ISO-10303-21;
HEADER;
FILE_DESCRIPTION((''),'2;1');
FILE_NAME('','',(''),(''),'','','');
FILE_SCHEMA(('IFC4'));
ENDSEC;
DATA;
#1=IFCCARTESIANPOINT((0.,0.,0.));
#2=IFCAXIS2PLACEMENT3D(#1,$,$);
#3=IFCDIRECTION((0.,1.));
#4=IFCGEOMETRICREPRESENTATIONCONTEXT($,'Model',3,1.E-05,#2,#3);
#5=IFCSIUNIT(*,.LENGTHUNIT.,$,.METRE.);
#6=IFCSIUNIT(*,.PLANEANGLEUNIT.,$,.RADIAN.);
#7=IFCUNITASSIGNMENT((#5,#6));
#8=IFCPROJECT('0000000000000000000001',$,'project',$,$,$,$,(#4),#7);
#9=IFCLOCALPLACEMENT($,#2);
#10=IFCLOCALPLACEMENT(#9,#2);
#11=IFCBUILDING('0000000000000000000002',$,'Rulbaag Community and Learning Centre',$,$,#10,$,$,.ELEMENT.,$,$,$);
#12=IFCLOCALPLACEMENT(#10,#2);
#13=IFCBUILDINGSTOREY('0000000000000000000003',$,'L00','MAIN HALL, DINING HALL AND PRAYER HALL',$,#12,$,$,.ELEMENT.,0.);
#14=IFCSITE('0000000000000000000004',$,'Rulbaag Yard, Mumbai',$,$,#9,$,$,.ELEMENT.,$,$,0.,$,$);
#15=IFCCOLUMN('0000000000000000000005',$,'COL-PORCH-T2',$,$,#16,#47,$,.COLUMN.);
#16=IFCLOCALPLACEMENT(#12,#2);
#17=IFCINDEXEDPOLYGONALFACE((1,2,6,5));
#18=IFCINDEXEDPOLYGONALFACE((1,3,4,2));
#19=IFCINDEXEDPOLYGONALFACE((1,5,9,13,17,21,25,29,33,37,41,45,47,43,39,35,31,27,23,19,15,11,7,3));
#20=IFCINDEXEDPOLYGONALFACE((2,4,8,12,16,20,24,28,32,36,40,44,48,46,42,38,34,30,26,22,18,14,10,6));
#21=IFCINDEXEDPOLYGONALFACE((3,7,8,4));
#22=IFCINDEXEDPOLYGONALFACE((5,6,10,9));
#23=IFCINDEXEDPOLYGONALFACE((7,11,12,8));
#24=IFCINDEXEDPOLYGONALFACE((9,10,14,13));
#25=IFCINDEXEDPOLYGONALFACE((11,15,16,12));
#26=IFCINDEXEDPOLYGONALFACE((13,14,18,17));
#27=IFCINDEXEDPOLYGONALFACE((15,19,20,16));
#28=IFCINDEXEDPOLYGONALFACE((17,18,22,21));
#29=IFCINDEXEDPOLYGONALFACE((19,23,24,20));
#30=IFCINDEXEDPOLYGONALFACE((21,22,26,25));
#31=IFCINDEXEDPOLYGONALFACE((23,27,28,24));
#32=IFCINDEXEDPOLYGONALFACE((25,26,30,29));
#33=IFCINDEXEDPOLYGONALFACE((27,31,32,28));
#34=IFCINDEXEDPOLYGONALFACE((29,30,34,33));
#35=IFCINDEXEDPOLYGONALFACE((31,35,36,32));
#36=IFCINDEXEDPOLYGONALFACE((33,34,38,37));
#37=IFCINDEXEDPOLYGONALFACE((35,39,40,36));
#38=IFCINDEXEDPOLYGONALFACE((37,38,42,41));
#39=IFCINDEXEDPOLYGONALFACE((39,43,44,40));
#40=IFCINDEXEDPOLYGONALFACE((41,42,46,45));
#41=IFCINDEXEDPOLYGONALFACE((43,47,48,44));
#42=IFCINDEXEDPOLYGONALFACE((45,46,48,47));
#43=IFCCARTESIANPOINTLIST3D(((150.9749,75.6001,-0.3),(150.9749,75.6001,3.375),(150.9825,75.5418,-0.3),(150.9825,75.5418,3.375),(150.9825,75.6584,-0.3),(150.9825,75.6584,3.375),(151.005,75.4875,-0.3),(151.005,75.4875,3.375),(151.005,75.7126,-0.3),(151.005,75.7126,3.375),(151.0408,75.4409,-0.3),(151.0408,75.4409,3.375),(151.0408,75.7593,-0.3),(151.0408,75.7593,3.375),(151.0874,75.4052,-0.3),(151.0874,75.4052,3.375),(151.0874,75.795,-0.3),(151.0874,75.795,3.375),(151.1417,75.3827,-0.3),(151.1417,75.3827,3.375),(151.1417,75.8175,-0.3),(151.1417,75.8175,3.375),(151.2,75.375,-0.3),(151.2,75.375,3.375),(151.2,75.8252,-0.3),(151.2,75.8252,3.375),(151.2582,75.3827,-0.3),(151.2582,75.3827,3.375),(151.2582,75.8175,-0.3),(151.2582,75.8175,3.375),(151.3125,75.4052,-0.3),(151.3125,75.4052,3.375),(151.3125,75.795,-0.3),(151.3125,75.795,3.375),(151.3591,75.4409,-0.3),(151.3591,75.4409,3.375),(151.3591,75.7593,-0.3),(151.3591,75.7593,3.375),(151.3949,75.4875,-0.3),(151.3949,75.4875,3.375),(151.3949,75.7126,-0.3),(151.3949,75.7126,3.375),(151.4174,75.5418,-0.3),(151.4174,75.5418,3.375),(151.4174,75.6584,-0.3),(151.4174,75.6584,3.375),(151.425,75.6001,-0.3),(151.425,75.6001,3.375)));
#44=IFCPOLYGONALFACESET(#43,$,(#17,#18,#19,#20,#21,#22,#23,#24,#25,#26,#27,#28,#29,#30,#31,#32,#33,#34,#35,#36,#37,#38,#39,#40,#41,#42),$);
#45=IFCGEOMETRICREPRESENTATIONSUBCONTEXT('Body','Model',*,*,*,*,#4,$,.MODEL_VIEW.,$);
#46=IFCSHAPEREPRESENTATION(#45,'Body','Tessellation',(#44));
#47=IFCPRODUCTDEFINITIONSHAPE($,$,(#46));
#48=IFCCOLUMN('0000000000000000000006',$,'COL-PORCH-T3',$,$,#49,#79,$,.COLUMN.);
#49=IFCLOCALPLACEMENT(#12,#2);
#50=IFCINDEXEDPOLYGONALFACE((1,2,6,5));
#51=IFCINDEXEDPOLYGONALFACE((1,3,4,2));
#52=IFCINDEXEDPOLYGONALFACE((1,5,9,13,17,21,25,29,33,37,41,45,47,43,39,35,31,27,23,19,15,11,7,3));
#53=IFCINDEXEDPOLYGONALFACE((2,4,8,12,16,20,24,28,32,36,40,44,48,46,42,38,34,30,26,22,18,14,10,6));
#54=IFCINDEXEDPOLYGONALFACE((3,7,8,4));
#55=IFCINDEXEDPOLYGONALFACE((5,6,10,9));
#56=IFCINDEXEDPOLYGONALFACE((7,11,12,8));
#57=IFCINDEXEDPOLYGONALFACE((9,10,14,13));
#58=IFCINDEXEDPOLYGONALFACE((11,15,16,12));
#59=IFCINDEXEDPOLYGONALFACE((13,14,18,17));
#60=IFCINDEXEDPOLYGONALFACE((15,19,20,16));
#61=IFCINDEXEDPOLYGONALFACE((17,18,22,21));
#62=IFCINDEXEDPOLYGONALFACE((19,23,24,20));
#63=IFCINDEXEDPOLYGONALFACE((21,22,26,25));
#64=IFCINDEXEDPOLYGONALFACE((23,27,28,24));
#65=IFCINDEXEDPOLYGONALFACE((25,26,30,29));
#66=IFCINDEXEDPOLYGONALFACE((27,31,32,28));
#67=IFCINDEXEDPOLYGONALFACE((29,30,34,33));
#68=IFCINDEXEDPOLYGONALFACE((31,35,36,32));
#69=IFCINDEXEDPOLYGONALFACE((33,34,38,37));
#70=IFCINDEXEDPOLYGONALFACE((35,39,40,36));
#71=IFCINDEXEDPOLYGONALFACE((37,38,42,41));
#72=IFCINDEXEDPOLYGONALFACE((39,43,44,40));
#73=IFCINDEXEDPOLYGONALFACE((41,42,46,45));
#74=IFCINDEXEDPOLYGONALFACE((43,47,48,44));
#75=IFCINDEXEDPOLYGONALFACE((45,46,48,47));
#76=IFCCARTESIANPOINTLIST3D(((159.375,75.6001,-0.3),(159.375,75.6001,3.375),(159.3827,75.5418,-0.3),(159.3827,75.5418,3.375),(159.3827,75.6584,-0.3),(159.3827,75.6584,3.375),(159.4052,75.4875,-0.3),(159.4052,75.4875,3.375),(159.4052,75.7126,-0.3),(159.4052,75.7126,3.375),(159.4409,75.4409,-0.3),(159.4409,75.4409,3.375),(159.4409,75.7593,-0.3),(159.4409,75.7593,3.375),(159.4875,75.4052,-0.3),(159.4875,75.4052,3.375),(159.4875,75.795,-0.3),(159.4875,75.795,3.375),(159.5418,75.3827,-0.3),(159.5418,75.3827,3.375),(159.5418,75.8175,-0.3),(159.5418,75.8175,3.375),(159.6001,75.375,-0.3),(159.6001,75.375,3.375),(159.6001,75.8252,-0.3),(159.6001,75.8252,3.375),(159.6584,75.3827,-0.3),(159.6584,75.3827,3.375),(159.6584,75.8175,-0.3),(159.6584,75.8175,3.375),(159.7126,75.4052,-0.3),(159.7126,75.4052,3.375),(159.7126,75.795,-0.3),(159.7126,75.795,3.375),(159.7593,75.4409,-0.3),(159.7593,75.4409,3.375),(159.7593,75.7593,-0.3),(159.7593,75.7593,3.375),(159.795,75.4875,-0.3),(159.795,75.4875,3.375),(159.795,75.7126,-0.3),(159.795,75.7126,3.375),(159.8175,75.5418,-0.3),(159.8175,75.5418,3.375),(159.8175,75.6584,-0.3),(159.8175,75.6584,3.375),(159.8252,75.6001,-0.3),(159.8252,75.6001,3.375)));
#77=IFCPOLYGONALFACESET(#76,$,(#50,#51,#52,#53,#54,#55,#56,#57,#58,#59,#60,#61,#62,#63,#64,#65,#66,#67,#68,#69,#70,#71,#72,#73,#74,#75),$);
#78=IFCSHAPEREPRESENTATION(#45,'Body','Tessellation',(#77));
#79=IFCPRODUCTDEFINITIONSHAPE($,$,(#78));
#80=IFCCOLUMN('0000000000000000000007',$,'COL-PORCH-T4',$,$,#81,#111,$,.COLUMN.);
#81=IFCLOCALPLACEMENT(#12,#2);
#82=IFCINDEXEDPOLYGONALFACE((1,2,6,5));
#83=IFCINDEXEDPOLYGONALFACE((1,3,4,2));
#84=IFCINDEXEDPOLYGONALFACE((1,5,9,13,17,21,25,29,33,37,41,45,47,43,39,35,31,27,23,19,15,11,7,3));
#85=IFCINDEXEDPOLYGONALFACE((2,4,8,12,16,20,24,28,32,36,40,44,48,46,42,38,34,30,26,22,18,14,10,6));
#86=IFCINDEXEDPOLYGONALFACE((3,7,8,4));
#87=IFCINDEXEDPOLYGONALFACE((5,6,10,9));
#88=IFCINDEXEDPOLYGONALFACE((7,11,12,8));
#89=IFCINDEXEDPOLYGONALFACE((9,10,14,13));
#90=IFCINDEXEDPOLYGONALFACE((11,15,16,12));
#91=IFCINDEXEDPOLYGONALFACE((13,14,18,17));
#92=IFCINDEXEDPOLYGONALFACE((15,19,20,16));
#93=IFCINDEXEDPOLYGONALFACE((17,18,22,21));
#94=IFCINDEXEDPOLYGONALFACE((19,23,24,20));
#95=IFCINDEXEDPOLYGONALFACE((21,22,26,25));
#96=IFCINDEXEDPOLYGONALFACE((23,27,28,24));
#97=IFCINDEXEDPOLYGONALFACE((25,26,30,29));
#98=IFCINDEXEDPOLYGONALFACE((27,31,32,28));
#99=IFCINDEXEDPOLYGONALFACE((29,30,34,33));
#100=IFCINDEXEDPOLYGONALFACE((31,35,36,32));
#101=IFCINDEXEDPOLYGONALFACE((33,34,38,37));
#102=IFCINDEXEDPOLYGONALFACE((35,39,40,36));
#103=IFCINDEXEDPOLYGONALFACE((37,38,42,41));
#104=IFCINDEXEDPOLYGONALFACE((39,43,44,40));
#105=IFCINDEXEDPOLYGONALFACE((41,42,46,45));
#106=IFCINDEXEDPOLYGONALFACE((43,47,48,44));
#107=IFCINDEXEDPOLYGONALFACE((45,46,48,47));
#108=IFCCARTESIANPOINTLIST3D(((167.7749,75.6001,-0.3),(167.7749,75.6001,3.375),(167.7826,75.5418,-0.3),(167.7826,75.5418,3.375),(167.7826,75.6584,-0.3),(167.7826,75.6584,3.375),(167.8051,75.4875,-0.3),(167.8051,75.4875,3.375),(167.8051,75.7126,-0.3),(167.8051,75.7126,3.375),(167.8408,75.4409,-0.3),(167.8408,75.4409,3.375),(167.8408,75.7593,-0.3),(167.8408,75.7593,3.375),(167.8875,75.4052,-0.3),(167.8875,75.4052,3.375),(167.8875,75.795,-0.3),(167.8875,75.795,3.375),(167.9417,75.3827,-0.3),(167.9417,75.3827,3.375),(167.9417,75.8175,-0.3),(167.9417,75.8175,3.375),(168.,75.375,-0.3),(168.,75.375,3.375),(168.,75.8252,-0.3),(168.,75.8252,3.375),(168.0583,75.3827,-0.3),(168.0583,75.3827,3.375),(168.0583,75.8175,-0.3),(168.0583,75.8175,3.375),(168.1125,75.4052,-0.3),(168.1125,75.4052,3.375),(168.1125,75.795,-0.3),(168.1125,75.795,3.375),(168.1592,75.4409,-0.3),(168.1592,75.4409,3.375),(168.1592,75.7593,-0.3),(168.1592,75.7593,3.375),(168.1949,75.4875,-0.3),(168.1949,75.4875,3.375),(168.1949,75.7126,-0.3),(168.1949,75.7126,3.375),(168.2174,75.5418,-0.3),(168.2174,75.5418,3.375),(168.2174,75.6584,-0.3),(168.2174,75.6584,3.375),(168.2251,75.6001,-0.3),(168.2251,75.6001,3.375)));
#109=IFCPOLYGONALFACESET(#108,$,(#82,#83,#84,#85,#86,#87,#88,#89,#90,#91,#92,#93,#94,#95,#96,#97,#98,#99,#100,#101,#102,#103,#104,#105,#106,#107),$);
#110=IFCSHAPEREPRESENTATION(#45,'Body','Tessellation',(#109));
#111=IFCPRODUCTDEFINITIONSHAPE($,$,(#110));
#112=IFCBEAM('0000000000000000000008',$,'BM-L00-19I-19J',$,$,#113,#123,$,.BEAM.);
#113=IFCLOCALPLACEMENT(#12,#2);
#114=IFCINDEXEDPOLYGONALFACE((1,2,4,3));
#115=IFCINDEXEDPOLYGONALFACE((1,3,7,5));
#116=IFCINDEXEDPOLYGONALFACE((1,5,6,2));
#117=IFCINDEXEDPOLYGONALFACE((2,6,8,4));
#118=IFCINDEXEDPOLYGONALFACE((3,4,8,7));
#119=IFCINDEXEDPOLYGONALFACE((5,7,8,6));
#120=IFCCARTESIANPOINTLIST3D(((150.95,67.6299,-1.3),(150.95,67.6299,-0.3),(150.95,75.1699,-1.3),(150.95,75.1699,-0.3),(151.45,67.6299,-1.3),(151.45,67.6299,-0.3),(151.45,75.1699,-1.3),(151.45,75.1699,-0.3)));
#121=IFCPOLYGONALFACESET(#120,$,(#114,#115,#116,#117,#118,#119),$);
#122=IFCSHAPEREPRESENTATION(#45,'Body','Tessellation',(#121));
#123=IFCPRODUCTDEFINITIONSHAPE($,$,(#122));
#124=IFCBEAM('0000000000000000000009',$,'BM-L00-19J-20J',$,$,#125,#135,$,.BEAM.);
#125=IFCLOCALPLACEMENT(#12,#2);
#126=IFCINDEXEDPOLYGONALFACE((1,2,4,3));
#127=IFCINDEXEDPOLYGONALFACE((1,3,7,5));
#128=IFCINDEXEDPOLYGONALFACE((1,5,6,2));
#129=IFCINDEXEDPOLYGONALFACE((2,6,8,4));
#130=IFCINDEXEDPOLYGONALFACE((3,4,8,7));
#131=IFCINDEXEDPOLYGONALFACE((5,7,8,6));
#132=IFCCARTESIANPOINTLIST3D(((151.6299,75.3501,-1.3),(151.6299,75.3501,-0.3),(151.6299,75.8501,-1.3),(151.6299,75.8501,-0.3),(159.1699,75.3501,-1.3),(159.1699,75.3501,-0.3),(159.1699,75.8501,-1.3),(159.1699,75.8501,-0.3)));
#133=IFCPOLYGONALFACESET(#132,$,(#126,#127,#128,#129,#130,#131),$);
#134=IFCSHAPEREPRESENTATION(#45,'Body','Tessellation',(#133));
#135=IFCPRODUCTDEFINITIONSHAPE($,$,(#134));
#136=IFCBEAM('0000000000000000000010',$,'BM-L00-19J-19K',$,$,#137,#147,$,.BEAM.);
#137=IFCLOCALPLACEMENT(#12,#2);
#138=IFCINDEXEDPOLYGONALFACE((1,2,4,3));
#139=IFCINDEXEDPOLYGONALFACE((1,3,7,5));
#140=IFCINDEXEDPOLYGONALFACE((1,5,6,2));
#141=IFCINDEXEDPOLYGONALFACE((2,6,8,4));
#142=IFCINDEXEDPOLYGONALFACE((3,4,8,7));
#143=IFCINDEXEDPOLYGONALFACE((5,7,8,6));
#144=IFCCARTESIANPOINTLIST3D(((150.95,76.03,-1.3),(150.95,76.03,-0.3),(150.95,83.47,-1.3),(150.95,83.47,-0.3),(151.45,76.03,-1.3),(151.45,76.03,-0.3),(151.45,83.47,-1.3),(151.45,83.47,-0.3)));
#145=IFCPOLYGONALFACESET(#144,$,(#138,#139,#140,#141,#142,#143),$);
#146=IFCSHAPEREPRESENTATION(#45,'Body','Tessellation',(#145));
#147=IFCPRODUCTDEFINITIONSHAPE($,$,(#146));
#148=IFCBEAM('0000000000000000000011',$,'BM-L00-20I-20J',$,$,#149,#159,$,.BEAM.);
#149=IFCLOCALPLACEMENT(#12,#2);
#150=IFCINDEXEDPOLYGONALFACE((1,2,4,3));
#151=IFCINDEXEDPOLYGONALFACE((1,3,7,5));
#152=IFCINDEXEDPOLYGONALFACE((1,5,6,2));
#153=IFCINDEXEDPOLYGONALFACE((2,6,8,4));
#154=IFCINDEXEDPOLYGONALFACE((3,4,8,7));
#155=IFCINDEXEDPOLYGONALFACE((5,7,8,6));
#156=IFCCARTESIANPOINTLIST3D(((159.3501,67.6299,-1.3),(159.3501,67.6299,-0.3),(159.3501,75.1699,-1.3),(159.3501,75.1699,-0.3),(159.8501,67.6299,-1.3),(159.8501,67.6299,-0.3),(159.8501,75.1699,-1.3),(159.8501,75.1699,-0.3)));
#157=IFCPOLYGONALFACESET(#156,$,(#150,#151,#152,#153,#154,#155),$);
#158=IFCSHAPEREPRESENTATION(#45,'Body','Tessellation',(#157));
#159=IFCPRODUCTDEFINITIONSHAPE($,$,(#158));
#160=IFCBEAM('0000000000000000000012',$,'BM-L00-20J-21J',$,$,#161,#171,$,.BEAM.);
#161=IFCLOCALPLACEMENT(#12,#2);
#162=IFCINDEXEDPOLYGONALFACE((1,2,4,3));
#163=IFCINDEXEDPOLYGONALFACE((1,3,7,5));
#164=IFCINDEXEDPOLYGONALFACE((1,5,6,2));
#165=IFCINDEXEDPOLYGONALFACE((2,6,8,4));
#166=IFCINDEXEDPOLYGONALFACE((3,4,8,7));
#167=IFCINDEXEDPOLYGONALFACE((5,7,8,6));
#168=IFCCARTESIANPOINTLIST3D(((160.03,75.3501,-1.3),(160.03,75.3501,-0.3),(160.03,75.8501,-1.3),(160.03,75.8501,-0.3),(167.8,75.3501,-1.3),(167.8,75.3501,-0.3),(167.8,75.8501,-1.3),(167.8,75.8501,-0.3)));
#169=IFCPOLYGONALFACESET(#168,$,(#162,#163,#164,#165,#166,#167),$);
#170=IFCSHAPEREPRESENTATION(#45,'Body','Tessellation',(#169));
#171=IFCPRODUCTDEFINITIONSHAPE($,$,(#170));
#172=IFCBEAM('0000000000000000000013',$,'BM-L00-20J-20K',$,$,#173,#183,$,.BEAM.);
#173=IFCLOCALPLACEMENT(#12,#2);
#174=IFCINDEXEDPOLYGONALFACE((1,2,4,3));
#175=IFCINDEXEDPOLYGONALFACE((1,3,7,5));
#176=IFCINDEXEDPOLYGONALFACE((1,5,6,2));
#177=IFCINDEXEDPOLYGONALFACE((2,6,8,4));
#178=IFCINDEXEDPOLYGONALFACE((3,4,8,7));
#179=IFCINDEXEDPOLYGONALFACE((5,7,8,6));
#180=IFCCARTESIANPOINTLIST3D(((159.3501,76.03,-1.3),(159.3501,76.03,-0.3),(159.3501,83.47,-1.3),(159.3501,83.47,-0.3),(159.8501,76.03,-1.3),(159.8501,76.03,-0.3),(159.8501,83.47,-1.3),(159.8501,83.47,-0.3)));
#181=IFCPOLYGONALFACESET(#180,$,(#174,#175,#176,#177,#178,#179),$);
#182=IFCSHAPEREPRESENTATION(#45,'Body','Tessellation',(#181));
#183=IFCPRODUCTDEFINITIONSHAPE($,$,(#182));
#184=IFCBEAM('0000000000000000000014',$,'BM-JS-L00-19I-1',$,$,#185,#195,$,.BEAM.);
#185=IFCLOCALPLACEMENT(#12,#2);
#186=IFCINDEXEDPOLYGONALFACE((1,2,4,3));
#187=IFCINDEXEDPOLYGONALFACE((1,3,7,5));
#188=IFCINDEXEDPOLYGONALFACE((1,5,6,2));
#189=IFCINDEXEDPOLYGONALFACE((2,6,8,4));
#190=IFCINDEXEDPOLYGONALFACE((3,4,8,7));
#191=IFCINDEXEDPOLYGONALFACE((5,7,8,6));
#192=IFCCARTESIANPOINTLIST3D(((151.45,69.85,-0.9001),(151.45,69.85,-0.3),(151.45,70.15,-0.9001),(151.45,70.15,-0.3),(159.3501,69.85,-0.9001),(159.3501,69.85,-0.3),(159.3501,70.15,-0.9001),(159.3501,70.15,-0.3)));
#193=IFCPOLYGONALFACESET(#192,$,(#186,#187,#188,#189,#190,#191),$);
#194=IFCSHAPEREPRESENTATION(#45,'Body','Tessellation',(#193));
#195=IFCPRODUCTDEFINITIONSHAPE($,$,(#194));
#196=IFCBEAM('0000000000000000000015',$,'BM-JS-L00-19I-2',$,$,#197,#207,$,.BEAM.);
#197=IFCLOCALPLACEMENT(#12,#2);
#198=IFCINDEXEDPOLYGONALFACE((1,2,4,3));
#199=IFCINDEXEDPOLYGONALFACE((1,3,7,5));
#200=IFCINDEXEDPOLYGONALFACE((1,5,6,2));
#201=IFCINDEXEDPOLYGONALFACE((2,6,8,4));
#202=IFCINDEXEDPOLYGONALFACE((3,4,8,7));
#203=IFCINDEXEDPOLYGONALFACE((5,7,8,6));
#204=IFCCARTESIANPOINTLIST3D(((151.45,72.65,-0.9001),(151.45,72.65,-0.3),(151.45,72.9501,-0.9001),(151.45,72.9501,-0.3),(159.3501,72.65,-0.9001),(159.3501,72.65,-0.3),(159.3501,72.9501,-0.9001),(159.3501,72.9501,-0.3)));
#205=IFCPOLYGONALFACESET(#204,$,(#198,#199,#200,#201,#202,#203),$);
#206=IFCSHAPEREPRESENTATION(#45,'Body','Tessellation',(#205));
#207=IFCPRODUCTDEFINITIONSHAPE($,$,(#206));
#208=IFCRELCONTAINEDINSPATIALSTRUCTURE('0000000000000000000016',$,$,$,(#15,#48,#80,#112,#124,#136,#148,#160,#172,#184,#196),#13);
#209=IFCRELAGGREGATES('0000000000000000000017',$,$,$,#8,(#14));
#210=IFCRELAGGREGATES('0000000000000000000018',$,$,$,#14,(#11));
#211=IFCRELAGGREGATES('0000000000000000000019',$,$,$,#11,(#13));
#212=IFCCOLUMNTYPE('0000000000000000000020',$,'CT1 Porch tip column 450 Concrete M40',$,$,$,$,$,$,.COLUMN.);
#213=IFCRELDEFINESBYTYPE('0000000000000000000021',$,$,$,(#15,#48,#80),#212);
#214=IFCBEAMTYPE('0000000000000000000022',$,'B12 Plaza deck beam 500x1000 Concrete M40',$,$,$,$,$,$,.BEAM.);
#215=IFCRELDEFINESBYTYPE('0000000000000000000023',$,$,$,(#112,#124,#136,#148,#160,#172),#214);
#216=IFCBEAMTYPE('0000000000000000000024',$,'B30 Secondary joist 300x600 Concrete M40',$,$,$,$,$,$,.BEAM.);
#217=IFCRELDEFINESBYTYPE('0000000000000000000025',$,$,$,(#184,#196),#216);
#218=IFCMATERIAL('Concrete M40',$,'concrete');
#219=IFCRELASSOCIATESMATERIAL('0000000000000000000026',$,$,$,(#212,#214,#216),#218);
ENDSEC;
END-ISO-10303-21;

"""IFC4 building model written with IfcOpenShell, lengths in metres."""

from ifc_helpers import new_model, si_unit, direction, frame, origin, origin_2d, place, context, subcontext, project, spatial, rectangle, circle, extrude, material, material_profile, profile_set, type_object, element, save


model = new_model("IFC4")

# Units and contexts
model_context = context("Model", 3, precision=1e-05, world=origin(), true_north=direction((0.0, 1.0)))
body_context = subcontext(model_context, "Body", "Model", "MODEL_VIEW")
ifc_project = project(units=[si_unit("LENGTHUNIT", "METRE"), si_unit("PLANEANGLEUNIT", "RADIAN")], contexts=[model_context])

# Site, building, storey
site_placement = place(None, origin())
site = spatial("IfcSite", under=ifc_project, at=site_placement, Name="Rulbaag Yard, Mumbai", CompositionType="ELEMENT", RefElevation=0.0)
building_placement = place(site_placement, origin())
building = spatial("IfcBuilding", under=site, at=building_placement, Name="Rulbaag Community and Learning Centre", CompositionType="ELEMENT")
storey_placement = place(building_placement, origin())
storey = spatial("IfcBuildingStorey", under=building, at=storey_placement, Name="L00", Description="MAIN HALL, DINING HALL AND PRAYER HALL", CompositionType="ELEMENT", Elevation=0.0)

# Columns
ifc_material_1 = material(Name="Concrete M40", Category="concrete")
ifc_material_profile_1 = material_profile(ifc_material_1, circle(Radius=0.2251, at=origin_2d()), Name="RD450")
ifc_profile_set_1 = profile_set([ifc_material_profile_1], Name="Concrete M40")
column_type = type_object("IfcColumnType", Name="CT1 Porch tip column 450 Concrete M40", PredefinedType="COLUMN", material=ifc_profile_set_1)
for number, where, z_axis, x_axis, name in (
    (1, (151.2, 75.6001, -0.3), (0.0, 0.0, 1.0), (1.0, 0.0, 0.0), "COL-PORCH-T2"),
    (2, (159.6001, 75.6001, -0.3), (0.0, 0.0, 1.0), (1.0, 0.0, 0.0), "COL-PORCH-T3"),
    (3, (168.0, 75.6001, -0.3), (0.0, 0.0, 1.0), (1.0, 0.0, 0.0), "COL-PORCH-T4"),
):
    element("IfcColumn", number, at=place(storey_placement, frame(where, z_axis=z_axis, x_axis=x_axis)), inside=storey, type_object=column_type, Name=name, PredefinedType="COLUMN", context=body_context, shape_type="SweptSolid", body=[
        extrude(circle(Radius=0.2251, at=origin_2d()), origin(), (0.0, 0.0, 1.0), 3.675),
    ])

# Beams
ifc_material_profile_2 = material_profile(ifc_material_1, rectangle(XDim=0.5, YDim=1.0, at=origin_2d()), Name="RB500x1000")
ifc_profile_set_2 = profile_set([ifc_material_profile_2], Name="Concrete M40")
beam_type_1 = type_object("IfcBeamType", Name="B12 Plaza deck beam 500x1000 Concrete M40", PredefinedType="BEAM", material=ifc_profile_set_2)
for number, where, z_axis, x_axis, name in (
    (4, (151.2, 67.6299, -0.8), (0.0, 1.0, 0.0), (-1.0, 0.0, 0.0), "BM-L00-19I-19J"),
    (5, (151.6299, 75.6001, -0.8), (1.0, 0.0, 0.0), (0.0, 1.0, 0.0), "BM-L00-19J-20J"),
):
    element("IfcBeam", number, at=place(storey_placement, frame(where, z_axis=z_axis, x_axis=x_axis)), inside=storey, type_object=beam_type_1, Name=name, PredefinedType="BEAM", context=body_context, shape_type="SweptSolid", body=[
        extrude(rectangle(XDim=0.5, YDim=1.0, at=origin_2d()), origin(), (0.0, 0.0, 1.0), 7.54),
    ])
beam_1_placement = place(storey_placement, frame((151.2, 76.03, -0.8), z_axis=(0.0, 1.0, 0.0), x_axis=(-1.0, 0.0, 0.0)))
element("IfcBeam", 6, at=beam_1_placement, inside=storey, type_object=beam_type_1, Name="BM-L00-19J-19K", PredefinedType="BEAM", context=body_context, shape_type="SweptSolid", body=[
    extrude(rectangle(XDim=0.5, YDim=1.0, at=origin_2d()), origin(), (0.0, 0.0, 1.0), 7.4399),
])
beam_2_placement = place(storey_placement, frame((159.6001, 67.6299, -0.8), z_axis=(0.0, 1.0, 0.0), x_axis=(-1.0, 0.0, 0.0)))
element("IfcBeam", 7, at=beam_2_placement, inside=storey, type_object=beam_type_1, Name="BM-L00-20I-20J", PredefinedType="BEAM", context=body_context, shape_type="SweptSolid", body=[
    extrude(rectangle(XDim=0.5, YDim=1.0, at=origin_2d()), origin(), (0.0, 0.0, 1.0), 7.54),
])
beam_3_placement = place(storey_placement, frame((160.03, 75.6001, -0.8), z_axis=(1.0, 0.0, 0.0), x_axis=(0.0, 1.0, 0.0)))
element("IfcBeam", 8, at=beam_3_placement, inside=storey, type_object=beam_type_1, Name="BM-L00-20J-21J", PredefinedType="BEAM", context=body_context, shape_type="SweptSolid", body=[
    extrude(rectangle(XDim=0.5, YDim=1.0, at=origin_2d()), origin(), (0.0, 0.0, 1.0), 7.77),
])
beam_4_placement = place(storey_placement, frame((159.6001, 76.03, -0.8), z_axis=(0.0, 1.0, 0.0), x_axis=(-1.0, 0.0, 0.0)))
element("IfcBeam", 9, at=beam_4_placement, inside=storey, type_object=beam_type_1, Name="BM-L00-20J-20K", PredefinedType="BEAM", context=body_context, shape_type="SweptSolid", body=[
    extrude(rectangle(XDim=0.5, YDim=1.0, at=origin_2d()), origin(), (0.0, 0.0, 1.0), 7.4399),
])
ifc_material_profile_3 = material_profile(ifc_material_1, rectangle(XDim=0.3, YDim=0.6001, at=origin_2d()), Name="RB300x600")
ifc_profile_set_3 = profile_set([ifc_material_profile_3], Name="Concrete M40")
beam_type_2 = type_object("IfcBeamType", Name="B30 Secondary joist 300x600 Concrete M40", PredefinedType="BEAM", material=ifc_profile_set_3)
for number, where, z_axis, x_axis, name in (
    (10, (151.45, 70.0, -0.6001), (1.0, 0.0, 0.0), (0.0, 1.0, 0.0), "BM-JS-L00-19I-1"),
    (11, (151.45, 72.8, -0.6001), (1.0, 0.0, 0.0), (0.0, 1.0, 0.0), "BM-JS-L00-19I-2"),
):
    element("IfcBeam", number, at=place(storey_placement, frame(where, z_axis=z_axis, x_axis=x_axis)), inside=storey, type_object=beam_type_2, Name=name, PredefinedType="BEAM", context=body_context, shape_type="SweptSolid", body=[
        extrude(rectangle(XDim=0.3, YDim=0.6001, at=origin_2d()), origin(), (0.0, 0.0, 1.0), 7.9001),
    ])

save(model, "model.ifc")
